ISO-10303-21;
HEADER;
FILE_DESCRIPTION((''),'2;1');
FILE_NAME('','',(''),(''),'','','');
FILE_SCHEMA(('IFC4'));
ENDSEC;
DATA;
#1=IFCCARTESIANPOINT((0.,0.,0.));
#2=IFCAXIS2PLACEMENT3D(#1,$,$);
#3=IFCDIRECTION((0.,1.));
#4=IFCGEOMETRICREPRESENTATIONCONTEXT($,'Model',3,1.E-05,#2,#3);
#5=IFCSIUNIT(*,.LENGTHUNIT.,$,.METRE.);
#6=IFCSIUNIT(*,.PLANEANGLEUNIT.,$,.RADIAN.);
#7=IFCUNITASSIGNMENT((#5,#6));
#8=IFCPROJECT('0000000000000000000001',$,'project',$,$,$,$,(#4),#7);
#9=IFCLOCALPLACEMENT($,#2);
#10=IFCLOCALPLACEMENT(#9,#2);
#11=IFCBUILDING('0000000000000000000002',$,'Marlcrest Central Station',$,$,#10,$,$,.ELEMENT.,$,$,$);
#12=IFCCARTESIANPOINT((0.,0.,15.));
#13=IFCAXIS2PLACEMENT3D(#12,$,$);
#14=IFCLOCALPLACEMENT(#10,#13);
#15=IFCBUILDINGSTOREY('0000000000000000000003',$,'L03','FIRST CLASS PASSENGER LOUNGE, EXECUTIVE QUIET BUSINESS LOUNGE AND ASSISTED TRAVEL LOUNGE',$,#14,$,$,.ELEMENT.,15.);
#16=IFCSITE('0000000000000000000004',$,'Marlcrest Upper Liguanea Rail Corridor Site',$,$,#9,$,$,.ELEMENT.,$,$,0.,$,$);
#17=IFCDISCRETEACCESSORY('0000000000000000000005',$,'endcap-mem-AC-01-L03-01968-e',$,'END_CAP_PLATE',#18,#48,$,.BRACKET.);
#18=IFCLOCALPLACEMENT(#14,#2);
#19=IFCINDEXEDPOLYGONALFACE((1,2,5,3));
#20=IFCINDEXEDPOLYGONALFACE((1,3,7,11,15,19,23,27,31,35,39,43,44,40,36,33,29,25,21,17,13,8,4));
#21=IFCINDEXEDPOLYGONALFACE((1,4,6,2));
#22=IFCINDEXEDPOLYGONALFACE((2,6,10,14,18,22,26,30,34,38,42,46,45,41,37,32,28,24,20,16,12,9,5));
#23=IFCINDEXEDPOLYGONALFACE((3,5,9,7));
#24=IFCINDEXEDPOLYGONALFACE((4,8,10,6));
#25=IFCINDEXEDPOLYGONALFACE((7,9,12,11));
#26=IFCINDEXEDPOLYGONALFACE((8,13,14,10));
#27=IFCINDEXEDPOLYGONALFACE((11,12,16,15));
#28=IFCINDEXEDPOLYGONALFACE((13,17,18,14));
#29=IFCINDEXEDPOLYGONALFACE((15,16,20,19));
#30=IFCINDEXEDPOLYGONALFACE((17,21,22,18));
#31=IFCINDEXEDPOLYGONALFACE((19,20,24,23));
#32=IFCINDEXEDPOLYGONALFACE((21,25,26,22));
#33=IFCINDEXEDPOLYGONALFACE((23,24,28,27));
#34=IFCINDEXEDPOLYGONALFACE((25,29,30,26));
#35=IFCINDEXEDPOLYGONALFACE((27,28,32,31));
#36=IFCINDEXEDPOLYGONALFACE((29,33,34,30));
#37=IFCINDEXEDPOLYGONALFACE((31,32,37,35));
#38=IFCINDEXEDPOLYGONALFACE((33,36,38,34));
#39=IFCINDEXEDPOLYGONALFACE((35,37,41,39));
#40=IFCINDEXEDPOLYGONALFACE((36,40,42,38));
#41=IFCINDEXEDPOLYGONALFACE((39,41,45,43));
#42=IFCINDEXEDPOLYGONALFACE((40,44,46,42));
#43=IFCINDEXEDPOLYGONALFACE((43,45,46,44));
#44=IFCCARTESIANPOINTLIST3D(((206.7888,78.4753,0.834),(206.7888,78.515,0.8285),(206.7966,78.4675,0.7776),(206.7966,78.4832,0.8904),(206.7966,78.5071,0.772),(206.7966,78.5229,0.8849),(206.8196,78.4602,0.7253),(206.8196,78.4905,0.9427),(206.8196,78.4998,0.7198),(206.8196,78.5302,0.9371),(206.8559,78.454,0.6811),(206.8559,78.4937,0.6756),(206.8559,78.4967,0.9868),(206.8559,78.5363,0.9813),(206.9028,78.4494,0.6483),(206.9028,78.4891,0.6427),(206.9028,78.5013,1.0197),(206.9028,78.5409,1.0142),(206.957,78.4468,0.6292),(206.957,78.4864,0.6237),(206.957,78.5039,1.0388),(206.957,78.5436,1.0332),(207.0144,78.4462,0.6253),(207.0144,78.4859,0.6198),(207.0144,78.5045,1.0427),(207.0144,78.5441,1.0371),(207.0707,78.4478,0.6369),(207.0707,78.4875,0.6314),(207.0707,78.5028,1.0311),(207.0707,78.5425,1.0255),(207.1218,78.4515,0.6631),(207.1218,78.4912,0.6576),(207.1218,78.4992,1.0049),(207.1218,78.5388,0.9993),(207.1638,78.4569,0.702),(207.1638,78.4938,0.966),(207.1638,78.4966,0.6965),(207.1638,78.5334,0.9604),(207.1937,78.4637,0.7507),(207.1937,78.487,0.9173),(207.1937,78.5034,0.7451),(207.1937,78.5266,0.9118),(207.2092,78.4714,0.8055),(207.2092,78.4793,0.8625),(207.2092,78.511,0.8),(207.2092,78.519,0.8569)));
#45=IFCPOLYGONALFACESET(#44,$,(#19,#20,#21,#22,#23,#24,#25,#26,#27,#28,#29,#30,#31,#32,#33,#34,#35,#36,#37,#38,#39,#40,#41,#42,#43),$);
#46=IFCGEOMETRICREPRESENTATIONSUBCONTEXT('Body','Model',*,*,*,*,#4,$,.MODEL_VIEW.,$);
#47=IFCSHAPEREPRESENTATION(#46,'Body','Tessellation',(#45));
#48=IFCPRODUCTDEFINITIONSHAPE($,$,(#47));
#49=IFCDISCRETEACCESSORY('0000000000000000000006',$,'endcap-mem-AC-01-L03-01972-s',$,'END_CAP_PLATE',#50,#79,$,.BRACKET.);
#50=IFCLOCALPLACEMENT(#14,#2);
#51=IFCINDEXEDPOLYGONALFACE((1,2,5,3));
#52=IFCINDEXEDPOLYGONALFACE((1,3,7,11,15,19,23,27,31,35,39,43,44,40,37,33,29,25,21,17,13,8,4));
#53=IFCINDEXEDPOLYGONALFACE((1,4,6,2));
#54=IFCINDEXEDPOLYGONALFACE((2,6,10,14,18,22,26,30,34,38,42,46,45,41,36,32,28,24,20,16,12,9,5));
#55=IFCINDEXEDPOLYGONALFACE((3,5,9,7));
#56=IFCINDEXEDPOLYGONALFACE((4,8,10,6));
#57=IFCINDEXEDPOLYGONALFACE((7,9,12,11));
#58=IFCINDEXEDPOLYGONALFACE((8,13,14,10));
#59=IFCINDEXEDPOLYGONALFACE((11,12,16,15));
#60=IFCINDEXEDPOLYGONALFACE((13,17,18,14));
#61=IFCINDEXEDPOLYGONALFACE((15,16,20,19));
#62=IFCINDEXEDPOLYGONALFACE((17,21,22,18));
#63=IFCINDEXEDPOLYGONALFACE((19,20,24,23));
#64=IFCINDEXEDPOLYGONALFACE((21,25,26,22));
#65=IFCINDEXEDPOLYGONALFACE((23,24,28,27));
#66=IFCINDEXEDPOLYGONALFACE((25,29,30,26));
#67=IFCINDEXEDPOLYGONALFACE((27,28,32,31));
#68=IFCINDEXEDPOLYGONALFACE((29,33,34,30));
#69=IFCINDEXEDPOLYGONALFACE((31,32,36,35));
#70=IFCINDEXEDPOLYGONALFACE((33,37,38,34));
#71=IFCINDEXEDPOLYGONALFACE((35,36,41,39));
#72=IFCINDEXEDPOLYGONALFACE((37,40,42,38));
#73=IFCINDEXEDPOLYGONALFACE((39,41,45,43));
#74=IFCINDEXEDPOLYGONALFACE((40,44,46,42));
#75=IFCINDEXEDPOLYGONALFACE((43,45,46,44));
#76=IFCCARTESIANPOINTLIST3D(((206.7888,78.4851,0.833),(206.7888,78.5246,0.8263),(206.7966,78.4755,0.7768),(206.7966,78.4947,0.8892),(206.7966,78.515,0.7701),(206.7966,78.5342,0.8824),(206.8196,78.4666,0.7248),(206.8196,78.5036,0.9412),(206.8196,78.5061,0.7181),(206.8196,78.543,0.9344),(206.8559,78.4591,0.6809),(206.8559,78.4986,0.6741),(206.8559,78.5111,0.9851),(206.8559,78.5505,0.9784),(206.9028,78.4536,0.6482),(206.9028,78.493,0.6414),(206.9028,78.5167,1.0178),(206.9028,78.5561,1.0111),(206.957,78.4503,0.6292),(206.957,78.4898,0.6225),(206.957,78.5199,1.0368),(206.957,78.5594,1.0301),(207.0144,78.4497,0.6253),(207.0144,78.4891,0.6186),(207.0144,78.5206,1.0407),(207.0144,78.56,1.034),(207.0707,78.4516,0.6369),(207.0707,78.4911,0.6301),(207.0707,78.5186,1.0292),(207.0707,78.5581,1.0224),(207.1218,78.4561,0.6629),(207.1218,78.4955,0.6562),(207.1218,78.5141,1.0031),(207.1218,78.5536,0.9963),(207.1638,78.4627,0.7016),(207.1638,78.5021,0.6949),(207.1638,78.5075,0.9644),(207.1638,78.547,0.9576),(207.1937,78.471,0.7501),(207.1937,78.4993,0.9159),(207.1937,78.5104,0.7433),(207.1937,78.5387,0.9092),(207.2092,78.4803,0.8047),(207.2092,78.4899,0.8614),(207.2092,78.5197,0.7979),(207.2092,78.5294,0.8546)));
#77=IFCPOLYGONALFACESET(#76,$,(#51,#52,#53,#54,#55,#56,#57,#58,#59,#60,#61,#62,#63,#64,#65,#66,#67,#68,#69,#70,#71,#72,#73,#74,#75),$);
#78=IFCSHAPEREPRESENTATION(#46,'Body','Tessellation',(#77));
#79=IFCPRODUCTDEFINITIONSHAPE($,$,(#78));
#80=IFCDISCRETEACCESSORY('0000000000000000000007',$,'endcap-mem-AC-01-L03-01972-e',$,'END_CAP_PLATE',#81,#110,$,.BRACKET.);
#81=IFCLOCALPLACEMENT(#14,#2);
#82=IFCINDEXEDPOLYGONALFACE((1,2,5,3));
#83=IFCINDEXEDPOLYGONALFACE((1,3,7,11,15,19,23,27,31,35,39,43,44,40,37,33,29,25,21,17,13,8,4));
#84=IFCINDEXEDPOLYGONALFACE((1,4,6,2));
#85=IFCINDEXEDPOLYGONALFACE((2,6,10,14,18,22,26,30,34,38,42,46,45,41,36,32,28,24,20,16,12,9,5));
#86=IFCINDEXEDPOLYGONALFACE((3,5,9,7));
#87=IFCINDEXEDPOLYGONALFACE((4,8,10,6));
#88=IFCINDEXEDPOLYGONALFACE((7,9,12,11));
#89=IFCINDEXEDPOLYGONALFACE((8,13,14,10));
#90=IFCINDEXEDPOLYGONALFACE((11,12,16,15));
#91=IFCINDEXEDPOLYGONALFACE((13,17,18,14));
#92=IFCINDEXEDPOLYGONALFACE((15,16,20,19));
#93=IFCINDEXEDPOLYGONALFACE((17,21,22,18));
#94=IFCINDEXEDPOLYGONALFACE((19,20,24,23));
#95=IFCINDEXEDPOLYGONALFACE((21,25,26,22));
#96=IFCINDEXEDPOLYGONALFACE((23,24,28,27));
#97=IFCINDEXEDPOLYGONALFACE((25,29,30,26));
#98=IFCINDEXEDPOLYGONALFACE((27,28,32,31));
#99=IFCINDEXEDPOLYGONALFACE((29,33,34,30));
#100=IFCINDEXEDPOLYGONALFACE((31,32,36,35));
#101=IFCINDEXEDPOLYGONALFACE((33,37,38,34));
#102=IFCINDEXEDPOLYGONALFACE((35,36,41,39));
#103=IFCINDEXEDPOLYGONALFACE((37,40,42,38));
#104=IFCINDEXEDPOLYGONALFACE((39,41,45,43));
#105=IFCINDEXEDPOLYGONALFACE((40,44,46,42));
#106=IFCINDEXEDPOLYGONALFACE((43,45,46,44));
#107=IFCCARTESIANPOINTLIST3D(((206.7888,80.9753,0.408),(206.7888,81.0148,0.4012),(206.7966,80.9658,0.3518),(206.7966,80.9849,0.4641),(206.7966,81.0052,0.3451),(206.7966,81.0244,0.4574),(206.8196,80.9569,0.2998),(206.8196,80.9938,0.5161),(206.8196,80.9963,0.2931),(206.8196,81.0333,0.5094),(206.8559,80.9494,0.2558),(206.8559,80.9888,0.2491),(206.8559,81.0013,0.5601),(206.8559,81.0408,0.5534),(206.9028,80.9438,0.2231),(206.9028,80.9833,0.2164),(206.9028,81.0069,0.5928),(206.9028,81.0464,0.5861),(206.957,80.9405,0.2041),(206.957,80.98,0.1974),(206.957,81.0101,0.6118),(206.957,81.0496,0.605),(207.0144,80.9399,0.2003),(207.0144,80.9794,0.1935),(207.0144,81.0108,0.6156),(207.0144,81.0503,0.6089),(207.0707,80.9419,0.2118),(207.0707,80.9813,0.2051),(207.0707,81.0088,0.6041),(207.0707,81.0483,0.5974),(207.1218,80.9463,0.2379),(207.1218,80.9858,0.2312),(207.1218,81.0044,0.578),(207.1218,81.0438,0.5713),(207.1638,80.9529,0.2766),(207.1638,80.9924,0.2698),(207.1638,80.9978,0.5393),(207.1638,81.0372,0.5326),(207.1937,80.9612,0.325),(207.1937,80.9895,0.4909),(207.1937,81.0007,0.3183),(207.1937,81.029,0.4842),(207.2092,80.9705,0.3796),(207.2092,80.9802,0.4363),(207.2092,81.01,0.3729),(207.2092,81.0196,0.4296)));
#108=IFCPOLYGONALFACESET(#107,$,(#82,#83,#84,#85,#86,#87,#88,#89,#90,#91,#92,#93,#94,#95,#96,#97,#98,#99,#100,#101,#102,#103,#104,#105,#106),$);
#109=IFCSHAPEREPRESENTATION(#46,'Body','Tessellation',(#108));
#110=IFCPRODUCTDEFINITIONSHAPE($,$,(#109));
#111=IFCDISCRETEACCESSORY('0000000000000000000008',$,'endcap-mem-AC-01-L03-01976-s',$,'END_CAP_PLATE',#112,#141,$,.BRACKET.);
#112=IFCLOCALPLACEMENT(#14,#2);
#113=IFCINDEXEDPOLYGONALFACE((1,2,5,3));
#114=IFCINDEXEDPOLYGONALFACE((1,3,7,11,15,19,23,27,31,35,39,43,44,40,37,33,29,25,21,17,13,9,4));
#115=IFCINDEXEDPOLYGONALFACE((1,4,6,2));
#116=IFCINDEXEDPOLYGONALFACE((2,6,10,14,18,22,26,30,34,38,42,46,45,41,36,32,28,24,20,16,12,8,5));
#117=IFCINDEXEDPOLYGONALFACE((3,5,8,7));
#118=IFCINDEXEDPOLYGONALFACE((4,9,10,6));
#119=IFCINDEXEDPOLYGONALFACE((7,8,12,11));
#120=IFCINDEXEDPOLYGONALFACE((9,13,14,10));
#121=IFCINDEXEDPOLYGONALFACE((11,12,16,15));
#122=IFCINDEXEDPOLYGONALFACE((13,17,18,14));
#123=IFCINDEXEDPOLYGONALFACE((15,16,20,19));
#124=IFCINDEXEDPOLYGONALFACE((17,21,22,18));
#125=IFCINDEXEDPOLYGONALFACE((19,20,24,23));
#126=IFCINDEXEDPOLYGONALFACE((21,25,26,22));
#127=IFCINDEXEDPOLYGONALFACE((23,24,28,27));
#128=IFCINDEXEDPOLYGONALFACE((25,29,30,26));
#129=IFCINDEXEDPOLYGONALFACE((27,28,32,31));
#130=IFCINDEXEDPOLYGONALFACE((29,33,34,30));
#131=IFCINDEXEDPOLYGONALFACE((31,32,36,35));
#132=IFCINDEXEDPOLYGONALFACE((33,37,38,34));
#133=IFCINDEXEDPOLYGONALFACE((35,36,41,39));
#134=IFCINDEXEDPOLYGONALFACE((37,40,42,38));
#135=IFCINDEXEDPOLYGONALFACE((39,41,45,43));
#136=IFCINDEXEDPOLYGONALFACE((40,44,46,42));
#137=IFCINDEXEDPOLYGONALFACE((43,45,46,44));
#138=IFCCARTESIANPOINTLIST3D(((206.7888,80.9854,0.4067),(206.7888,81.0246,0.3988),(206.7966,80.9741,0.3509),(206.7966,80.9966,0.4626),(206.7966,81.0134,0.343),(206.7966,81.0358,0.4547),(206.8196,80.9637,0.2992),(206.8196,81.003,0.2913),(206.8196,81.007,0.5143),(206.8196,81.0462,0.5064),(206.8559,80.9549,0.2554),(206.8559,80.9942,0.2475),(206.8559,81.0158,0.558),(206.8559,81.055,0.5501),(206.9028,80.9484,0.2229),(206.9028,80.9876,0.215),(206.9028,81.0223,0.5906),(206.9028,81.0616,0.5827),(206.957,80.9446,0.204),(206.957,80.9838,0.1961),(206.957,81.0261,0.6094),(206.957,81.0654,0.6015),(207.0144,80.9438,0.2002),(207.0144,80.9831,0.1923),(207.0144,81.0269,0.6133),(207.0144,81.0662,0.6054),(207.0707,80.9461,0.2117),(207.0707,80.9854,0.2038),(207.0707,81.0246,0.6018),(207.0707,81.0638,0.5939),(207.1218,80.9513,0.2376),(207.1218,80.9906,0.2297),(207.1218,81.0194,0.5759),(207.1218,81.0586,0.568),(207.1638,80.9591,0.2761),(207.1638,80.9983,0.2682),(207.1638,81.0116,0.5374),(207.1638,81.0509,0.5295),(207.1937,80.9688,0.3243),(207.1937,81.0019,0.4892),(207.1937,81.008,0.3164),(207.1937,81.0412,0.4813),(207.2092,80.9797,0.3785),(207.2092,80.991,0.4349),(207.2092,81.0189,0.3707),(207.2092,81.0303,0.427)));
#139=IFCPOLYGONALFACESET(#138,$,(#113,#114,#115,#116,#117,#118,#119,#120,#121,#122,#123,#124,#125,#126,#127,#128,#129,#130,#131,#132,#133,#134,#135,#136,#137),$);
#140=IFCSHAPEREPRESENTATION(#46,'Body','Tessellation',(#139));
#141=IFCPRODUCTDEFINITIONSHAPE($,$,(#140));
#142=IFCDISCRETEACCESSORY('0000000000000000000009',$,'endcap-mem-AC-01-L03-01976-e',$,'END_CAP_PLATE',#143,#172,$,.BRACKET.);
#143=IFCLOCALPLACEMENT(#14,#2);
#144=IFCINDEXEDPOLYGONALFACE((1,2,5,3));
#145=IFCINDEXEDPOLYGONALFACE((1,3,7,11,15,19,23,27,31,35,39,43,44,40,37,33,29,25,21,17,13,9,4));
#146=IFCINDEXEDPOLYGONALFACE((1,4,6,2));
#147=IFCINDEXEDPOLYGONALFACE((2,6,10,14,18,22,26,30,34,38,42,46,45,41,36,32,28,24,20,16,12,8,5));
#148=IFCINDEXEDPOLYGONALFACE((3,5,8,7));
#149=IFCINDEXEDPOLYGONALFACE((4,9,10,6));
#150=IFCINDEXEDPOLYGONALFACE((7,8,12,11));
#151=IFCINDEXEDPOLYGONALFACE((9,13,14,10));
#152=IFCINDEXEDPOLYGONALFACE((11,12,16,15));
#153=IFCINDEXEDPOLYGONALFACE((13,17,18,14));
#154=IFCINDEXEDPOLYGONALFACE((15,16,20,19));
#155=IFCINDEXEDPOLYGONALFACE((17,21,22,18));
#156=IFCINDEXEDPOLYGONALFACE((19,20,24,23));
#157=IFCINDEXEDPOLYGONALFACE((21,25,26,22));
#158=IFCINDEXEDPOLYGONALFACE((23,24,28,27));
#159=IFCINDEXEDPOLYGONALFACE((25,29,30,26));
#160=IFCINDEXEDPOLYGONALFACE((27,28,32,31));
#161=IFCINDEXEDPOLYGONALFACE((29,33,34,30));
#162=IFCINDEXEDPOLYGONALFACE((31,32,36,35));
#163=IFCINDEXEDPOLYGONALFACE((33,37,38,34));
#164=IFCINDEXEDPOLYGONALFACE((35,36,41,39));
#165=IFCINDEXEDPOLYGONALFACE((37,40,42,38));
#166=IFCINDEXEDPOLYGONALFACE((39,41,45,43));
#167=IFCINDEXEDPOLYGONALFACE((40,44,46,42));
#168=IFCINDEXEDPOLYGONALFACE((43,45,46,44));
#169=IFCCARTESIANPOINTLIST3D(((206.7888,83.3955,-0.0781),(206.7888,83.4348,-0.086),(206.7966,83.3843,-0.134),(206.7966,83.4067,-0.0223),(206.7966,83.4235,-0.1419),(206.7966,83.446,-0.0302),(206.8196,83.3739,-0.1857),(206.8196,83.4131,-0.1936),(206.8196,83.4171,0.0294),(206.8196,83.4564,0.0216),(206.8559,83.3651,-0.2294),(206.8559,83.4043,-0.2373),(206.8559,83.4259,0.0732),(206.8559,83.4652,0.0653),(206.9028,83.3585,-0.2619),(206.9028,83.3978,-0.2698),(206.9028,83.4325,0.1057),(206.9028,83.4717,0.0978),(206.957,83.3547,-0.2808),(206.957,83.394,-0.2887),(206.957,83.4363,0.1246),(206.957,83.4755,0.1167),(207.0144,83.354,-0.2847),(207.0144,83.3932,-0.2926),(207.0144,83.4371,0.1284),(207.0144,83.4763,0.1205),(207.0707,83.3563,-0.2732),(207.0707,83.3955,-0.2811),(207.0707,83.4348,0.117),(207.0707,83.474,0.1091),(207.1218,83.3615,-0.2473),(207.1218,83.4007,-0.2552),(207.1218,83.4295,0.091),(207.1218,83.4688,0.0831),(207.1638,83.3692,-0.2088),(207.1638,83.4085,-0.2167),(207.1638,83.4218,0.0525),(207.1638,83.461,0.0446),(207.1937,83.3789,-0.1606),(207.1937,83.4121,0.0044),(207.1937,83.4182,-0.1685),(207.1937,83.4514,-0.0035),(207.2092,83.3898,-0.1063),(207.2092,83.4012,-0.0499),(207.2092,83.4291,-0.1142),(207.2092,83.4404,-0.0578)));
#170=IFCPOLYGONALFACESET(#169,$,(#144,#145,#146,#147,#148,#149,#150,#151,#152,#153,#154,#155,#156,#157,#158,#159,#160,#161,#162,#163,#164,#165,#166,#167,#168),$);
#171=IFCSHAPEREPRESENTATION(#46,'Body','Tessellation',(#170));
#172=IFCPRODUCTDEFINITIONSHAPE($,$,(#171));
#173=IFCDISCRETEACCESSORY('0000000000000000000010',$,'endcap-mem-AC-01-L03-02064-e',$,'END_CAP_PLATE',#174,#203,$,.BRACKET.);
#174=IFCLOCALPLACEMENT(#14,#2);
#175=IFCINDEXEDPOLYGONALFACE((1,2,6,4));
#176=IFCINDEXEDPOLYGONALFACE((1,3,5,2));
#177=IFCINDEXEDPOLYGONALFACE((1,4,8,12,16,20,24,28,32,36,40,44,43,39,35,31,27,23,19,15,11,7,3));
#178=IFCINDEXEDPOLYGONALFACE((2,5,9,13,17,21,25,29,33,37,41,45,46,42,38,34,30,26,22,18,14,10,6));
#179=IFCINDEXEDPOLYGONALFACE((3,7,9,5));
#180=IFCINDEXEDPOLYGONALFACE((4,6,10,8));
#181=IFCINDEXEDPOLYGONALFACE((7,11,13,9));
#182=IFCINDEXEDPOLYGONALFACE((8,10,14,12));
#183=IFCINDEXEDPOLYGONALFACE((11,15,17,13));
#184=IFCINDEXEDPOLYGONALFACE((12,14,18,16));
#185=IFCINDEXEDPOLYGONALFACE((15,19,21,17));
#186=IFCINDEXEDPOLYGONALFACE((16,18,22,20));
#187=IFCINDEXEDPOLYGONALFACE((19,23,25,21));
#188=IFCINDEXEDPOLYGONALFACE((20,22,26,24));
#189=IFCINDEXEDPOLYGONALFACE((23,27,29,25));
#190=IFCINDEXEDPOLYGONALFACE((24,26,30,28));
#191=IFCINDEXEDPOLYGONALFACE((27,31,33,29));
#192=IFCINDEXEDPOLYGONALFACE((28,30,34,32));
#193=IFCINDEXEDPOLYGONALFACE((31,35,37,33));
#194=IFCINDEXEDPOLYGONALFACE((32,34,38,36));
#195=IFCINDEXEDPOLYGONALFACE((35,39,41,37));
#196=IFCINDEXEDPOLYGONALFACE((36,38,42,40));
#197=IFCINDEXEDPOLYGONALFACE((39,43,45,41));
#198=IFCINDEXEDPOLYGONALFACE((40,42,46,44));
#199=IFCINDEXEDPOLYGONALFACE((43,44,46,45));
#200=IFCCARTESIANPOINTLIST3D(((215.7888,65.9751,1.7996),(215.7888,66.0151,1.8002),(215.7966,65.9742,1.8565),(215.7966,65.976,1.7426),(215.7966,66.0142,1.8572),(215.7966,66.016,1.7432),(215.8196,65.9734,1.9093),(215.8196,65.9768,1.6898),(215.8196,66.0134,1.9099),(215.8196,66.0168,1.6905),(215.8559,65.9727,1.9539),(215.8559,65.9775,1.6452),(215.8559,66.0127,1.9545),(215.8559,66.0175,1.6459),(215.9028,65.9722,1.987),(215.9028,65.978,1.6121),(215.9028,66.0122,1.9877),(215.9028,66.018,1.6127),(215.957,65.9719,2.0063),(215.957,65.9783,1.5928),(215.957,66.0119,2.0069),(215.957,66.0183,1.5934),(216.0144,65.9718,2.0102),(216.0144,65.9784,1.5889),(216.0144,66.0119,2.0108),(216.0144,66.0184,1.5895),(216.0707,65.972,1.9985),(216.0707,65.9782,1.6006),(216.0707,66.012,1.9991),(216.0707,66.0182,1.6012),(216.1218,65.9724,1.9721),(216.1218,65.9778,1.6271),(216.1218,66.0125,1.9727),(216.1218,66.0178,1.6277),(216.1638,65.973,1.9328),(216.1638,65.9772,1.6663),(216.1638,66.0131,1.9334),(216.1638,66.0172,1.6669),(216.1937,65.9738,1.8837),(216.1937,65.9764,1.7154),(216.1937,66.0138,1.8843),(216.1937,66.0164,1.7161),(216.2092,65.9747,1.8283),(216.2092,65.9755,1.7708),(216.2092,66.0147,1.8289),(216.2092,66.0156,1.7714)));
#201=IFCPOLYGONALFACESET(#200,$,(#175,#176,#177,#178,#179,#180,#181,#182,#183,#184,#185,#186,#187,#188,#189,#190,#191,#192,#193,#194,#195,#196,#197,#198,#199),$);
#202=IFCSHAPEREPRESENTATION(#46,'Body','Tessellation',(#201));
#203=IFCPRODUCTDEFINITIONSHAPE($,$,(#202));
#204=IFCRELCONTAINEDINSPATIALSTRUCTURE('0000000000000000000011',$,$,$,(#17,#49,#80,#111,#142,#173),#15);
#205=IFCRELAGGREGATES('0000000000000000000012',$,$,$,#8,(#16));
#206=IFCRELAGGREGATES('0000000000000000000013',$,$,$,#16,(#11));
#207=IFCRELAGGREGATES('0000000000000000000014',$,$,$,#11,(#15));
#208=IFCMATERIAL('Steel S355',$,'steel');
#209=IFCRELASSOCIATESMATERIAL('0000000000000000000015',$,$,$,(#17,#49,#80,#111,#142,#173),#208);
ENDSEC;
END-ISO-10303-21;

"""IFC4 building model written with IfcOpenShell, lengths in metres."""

from ifc_helpers import new_model, si_unit, direction, frame, origin, origin_2d, place, context, subcontext, project, spatial, circle, extrude, material, element, save


model = new_model("IFC4")

# Units and contexts
model_context = context("Model", 3, precision=1e-05, world=origin(), true_north=direction((0.0, 1.0)))
body_context = subcontext(model_context, "Body", "Model", "MODEL_VIEW")
ifc_project = project(units=[si_unit("LENGTHUNIT", "METRE"), si_unit("PLANEANGLEUNIT", "RADIAN")], contexts=[model_context])

# Site, building, storey
site_placement = place(None, origin())
site = spatial("IfcSite", under=ifc_project, at=site_placement, Name="Marlcrest Upper Liguanea Rail Corridor Site", CompositionType="ELEMENT", RefElevation=0.0)
building_placement = place(site_placement, origin())
building = spatial("IfcBuilding", under=site, at=building_placement, Name="Marlcrest Central Station", CompositionType="ELEMENT")
storey_placement = place(building_placement, frame((0.0, 0.0, 15.0)))
storey = spatial("IfcBuildingStorey", under=building, at=storey_placement, Name="L03", Description="FIRST CLASS PASSENGER LOUNGE, EXECUTIVE QUIET BUSINESS LOUNGE AND ASSISTED TRAVEL LOUNGE", CompositionType="ELEMENT", Elevation=15.0)

# Shared definitions
ifc_material_1 = material(Name="Steel S355", Category="steel")

# Discrete accessories
for number, where, z_axis, x_axis, name in (
    (1, (207.0, 78.4753, 0.834), (0.0, 0.990403, -0.138211), (-1.0, 0.0, 0.0), "endcap-mem-AC-01-L03-01968-e"),
    (2, (207.0, 78.4851, 0.833), (0.0, 0.985741, -0.168269), (-1.0, 0.0, 0.0), "endcap-mem-AC-01-L03-01972-s"),
    (3, (207.0, 80.9753, 0.408), (0.0, 0.985741, -0.168269), (-1.0, 0.0, 0.0), "endcap-mem-AC-01-L03-01972-e"),
    (4, (207.0, 80.9854, 0.4067), (0.0, 0.980359, -0.197219), (-1.0, 0.0, 0.0), "endcap-mem-AC-01-L03-01976-s"),
    (5, (207.0, 83.3955, -0.0781), (0.0, 0.980359, -0.197219), (-1.0, 0.0, 0.0), "endcap-mem-AC-01-L03-01976-e"),
    (6, (216.0, 65.9751, 1.7996), (0.0, 0.999879, 0.015525), (-1.0, 0.0, 0.0), "endcap-mem-AC-01-L03-02064-e"),
):
    element("IfcDiscreteAccessory", number, at=place(storey_placement, frame(where, z_axis=z_axis, x_axis=x_axis)), inside=storey, material=ifc_material_1, Name=name, ObjectType="END_CAP_PLATE", PredefinedType="BRACKET", context=body_context, shape_type="SweptSolid", body=[
        extrude(circle(Radius=0.2112, at=origin_2d()), origin(), (0.0, 0.0, 1.0), 0.04),
    ])

save(model, "model.ifc")
